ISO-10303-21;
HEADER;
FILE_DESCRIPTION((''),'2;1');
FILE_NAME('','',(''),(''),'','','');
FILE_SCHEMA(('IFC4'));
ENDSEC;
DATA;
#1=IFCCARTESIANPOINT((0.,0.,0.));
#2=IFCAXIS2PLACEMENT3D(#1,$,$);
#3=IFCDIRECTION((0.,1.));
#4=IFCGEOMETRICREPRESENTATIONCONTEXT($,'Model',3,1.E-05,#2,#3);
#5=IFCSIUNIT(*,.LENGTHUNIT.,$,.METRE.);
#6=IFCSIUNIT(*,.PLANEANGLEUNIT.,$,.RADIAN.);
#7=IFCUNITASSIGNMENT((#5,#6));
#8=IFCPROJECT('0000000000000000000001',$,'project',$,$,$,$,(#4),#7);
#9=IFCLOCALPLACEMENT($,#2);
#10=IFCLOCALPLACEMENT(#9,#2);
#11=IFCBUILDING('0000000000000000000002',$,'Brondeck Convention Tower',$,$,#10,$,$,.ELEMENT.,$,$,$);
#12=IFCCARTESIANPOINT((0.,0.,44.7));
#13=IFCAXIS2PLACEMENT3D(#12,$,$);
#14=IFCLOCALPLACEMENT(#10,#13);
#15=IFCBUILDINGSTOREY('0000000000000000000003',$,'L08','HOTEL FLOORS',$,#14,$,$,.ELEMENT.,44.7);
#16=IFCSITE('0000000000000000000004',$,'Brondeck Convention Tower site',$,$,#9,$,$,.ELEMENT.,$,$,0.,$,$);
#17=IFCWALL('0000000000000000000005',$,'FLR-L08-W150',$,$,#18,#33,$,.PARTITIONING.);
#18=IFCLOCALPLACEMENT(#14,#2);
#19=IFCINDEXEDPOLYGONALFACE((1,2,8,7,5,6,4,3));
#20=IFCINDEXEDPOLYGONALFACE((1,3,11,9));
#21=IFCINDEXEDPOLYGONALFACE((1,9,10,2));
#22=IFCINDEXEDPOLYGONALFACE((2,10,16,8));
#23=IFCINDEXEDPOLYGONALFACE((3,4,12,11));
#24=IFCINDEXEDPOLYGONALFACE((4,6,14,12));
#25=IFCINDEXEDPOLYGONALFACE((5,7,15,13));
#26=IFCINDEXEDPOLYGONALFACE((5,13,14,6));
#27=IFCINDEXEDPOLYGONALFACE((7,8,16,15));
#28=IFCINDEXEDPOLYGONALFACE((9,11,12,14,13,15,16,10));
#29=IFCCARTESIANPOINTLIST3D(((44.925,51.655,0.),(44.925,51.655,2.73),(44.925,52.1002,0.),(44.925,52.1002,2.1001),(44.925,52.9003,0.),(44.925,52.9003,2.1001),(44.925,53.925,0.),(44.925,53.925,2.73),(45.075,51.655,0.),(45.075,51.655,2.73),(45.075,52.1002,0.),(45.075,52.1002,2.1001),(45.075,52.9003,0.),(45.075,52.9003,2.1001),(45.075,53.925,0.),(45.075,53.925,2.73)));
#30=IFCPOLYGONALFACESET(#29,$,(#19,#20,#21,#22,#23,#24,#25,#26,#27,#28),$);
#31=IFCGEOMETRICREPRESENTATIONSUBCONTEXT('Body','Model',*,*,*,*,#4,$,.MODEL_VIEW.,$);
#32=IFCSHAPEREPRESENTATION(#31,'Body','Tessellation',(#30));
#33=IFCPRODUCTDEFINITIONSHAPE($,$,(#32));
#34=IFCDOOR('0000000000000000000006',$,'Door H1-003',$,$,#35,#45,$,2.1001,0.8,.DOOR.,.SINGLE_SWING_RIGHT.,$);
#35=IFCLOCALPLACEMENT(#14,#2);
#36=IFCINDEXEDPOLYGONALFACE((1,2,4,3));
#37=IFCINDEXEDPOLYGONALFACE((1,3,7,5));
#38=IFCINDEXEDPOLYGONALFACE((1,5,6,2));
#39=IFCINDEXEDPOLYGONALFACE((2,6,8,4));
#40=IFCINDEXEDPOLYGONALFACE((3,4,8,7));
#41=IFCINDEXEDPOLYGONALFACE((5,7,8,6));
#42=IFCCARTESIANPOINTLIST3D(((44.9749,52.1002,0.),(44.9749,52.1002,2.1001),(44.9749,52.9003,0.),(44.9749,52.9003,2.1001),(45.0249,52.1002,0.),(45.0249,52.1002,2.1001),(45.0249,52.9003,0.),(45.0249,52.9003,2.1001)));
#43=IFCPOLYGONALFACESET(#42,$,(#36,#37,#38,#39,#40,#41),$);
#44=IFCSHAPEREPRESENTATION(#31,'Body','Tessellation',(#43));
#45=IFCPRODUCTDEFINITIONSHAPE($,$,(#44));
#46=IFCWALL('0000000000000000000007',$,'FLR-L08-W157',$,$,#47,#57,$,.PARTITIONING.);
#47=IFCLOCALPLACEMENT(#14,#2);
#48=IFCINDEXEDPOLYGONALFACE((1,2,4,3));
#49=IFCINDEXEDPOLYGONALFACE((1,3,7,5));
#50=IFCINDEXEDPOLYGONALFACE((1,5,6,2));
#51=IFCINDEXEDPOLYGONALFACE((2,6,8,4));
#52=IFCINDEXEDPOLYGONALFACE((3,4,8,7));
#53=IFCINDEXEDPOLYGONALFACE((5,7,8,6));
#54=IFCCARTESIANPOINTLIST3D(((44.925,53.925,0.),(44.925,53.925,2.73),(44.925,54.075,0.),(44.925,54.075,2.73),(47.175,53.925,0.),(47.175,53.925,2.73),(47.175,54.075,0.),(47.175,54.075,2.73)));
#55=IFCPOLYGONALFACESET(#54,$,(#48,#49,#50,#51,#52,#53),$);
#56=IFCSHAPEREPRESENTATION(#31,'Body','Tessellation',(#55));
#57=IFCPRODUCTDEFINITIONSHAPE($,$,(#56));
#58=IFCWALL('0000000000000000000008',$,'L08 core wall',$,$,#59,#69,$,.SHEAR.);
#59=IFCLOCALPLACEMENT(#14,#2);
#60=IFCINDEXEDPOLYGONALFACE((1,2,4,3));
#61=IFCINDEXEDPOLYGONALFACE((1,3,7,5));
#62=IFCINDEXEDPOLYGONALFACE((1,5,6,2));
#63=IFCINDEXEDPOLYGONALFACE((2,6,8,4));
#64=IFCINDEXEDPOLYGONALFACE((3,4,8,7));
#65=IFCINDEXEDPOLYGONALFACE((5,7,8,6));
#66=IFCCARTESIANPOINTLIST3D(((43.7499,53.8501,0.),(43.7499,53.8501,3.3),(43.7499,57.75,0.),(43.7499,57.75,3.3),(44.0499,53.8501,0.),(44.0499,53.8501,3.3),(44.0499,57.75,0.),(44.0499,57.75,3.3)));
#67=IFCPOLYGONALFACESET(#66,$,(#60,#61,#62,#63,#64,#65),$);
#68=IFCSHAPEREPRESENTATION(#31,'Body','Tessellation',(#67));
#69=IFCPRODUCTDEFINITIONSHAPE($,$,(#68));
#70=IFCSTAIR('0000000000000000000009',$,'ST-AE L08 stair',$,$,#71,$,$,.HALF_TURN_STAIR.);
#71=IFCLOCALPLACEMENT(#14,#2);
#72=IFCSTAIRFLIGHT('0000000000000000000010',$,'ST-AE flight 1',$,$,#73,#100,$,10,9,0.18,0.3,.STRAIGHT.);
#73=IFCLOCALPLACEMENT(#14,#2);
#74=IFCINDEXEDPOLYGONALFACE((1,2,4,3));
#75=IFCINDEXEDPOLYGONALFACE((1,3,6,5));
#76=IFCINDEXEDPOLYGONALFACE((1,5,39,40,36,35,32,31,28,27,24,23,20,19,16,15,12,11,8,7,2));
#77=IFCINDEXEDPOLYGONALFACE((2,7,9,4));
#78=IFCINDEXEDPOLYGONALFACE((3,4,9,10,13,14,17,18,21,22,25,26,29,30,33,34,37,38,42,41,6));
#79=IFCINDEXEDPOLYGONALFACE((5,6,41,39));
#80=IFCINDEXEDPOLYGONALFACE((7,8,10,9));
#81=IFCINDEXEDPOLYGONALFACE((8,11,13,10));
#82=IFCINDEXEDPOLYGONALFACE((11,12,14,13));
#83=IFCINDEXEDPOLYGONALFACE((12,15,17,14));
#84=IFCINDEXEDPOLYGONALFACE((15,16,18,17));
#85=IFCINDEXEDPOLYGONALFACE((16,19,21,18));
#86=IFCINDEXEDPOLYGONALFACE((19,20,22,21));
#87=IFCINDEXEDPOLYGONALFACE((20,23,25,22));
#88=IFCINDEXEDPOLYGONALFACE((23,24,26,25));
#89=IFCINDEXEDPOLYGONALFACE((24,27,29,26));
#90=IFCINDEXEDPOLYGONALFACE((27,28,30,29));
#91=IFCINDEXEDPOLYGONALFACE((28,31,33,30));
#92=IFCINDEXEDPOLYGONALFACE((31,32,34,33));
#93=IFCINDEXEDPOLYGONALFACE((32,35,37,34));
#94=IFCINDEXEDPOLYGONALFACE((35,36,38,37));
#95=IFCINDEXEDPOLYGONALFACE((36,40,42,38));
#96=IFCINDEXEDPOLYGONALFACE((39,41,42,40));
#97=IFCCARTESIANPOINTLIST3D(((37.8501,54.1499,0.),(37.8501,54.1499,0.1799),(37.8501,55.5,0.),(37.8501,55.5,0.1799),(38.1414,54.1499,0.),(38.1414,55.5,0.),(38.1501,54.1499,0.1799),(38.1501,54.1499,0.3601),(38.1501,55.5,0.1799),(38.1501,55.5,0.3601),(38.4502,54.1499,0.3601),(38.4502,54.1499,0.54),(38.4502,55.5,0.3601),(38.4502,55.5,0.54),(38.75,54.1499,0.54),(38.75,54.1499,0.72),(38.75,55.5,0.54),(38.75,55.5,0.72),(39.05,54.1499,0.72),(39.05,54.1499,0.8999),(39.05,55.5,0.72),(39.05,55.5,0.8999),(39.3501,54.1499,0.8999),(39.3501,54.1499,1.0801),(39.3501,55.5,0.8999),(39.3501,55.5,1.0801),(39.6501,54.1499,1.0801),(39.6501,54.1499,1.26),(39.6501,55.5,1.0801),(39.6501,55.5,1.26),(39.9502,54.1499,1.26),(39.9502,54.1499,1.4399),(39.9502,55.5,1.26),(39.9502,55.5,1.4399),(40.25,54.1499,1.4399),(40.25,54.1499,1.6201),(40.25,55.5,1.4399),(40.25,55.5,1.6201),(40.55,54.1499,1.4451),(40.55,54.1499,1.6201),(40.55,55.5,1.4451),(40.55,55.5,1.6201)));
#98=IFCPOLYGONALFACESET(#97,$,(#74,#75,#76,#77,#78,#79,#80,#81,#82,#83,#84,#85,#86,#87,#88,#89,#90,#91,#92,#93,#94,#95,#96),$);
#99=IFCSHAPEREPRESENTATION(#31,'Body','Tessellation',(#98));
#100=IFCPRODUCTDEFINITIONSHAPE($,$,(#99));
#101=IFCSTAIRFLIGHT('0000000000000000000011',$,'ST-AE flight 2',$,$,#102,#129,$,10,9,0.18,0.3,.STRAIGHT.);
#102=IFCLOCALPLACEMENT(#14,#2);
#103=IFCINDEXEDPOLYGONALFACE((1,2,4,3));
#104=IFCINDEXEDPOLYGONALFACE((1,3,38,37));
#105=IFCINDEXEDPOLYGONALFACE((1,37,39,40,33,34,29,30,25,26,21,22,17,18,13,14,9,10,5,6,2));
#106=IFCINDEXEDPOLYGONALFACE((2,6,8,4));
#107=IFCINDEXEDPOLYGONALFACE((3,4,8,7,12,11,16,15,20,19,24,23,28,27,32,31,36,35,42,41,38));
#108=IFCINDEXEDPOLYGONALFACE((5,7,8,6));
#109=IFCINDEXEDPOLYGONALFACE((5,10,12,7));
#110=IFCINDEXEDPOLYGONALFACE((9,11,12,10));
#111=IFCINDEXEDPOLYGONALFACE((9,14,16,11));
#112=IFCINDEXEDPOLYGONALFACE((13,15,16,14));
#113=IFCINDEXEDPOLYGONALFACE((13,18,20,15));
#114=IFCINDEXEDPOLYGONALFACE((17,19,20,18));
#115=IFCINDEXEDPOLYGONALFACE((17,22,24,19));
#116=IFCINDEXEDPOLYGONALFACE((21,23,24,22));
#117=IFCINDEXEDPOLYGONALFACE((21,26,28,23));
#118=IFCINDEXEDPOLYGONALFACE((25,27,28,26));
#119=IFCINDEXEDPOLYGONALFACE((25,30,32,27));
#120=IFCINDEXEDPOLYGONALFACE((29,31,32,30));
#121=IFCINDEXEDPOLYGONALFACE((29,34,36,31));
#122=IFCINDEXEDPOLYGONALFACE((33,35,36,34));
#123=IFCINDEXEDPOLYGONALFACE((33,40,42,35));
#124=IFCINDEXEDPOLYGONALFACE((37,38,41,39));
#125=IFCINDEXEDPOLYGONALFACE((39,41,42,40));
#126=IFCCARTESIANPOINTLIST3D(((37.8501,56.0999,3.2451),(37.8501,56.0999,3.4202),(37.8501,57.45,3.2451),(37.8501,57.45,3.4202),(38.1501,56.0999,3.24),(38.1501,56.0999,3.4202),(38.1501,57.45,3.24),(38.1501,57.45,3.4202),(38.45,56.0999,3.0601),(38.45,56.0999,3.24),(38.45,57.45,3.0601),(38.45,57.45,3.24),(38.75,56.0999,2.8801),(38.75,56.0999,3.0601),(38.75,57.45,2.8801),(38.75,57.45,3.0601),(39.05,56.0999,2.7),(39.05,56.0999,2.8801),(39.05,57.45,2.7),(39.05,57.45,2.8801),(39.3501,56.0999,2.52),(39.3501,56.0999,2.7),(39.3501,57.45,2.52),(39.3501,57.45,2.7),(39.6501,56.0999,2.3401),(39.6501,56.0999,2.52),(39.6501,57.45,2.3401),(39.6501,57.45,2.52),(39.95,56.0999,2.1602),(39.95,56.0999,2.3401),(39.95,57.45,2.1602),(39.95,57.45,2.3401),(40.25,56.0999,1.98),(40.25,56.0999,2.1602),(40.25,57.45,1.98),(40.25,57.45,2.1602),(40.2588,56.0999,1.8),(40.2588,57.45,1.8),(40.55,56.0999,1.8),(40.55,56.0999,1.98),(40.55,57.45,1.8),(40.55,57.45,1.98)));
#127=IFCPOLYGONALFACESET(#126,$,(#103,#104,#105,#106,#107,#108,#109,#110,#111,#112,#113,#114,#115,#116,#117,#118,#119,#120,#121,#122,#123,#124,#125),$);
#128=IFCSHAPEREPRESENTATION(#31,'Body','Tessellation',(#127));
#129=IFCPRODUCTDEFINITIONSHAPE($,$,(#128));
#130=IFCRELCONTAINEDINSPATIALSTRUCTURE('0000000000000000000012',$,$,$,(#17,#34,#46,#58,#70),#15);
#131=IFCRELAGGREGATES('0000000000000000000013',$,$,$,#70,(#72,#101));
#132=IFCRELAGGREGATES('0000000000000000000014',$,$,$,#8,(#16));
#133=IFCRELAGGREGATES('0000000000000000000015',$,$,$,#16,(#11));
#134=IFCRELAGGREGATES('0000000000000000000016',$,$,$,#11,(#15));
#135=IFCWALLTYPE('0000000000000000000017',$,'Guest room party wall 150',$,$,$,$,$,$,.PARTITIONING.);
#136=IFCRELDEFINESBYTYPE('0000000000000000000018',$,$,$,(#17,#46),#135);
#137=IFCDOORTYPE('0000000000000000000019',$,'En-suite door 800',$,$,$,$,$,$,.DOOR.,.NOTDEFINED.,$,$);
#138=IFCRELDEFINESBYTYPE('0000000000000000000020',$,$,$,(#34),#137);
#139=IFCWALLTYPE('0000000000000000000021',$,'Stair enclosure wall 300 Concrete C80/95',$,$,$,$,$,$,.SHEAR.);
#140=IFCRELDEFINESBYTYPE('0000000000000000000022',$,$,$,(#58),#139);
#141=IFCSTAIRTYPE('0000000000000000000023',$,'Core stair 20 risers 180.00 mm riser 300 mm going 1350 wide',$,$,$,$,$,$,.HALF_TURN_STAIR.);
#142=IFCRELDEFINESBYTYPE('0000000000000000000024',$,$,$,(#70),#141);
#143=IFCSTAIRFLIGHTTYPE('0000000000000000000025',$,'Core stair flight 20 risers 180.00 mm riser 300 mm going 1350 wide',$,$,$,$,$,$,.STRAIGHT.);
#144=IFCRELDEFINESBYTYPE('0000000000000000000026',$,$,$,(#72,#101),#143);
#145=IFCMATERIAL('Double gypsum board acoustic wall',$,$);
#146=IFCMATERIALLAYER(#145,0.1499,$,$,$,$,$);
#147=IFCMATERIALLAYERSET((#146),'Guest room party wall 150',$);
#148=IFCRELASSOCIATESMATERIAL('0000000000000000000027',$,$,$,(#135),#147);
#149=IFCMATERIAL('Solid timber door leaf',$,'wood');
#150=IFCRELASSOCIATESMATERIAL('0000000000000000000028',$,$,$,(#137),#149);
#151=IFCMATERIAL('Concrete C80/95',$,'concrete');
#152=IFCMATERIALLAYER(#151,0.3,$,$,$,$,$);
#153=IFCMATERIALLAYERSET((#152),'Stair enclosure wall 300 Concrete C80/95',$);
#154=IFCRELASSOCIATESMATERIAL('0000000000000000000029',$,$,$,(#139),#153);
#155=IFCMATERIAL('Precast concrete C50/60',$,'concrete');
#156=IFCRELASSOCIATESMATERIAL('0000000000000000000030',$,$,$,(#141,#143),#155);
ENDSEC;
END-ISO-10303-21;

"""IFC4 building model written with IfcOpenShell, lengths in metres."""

from ifc_helpers import new_model, si_unit, direction, frame, frame_2d, origin, place, context, subcontext, project, spatial, polyline, rectangle, outline, extrude, material, layer, layer_set, type_object, element, fill, aggregate, save


model = new_model("IFC4")

# Units and contexts
model_context = context("Model", 3, precision=1e-05, world=origin(), true_north=direction((0.0, 1.0)))
body_context = subcontext(model_context, "Body", "Model", "MODEL_VIEW")
ifc_project = project(units=[si_unit("LENGTHUNIT", "METRE"), si_unit("PLANEANGLEUNIT", "RADIAN")], contexts=[model_context])

# Site, building, storey
site_placement = place(None, origin())
site = spatial("IfcSite", under=ifc_project, at=site_placement, Name="Brondeck Convention Tower site", CompositionType="ELEMENT", RefElevation=0.0)
building_placement = place(site_placement, origin())
building = spatial("IfcBuilding", under=site, at=building_placement, Name="Brondeck Convention Tower", CompositionType="ELEMENT")
storey_placement = place(building_placement, frame((0.0, 0.0, 44.7)))
storey = spatial("IfcBuildingStorey", under=building, at=storey_placement, Name="L08", Description="HOTEL FLOORS", CompositionType="ELEMENT", Elevation=44.7)

# Shared definitions
ifc_material_1 = material(Name="Concrete C80/95", Category="concrete")

# Shared definitions
ifc_material_2 = material(Name="Double gypsum board acoustic wall")
ifc_layer_1 = layer(ifc_material_2, 0.1499)
ifc_layer_set_1 = layer_set([ifc_layer_1], Name="Guest room party wall 150")
wall_type_1 = type_object("IfcWallType", Name="Guest room party wall 150", PredefinedType="PARTITIONING", material=ifc_layer_set_1)

# Wall, opening, door
wall_1_placement = place(storey_placement, frame((45.0, 53.925, 0.0), z_axis=(0.0, 0.0, 1.0), x_axis=(0.0, -1.0, 0.0)))
wall_1 = element("IfcWall", 1, at=wall_1_placement, inside=storey, type_object=wall_type_1, Name="FLR-L08-W150", PredefinedType="PARTITIONING", context=body_context, shape_type="SweptSolid", body=[
    extrude(rectangle(XDim=2.27, YDim=0.1499, at=frame_2d((1.135, 0.0))), origin(), (0.0, 0.0, 1.0), 2.73),
])
opening_1_placement = place(wall_1_placement, frame((1.0249, 0.0, 0.0)))
opening_1 = element("IfcOpeningElement", 2, at=opening_1_placement, cuts=wall_1, PredefinedType="OPENING", context=body_context, shape_type="SweptSolid", body=[
    extrude(rectangle(XDim=0.8, YDim=2.1001, at=frame_2d((0.3999, 1.05))), frame((0.0, 0.085, 0.0), z_axis=(0.0, -1.0, 0.0), x_axis=(1.0, 0.0, 0.0)), (0.0, 0.0, 1.0), 0.1699),
])
ifc_material_3 = material(Name="Solid timber door leaf", Category="wood")
door_type = type_object("IfcDoorType", Name="En-suite door 800", OperationType="NOTDEFINED", PredefinedType="DOOR", material=ifc_material_3)
door_placement = place(opening_1_placement, origin())
door = element("IfcDoor", 3, at=door_placement, inside=storey, type_object=door_type, Name="Door H1-003", OperationType="SINGLE_SWING_RIGHT", OverallHeight=2.1001, OverallWidth=0.8, PredefinedType="DOOR", context=body_context, shape_type="SweptSolid", body=[
    extrude(rectangle(XDim=0.8, YDim=2.1001, at=frame_2d((0.3999, 1.05))), frame((0.0, 0.0249, 0.0), z_axis=(0.0, -1.0, 0.0), x_axis=(1.0, 0.0, 0.0)), (0.0, 0.0, 1.0), 0.05),
])
fill(opening_1, door)

# Walls
wall_2_placement = place(storey_placement, frame((47.175, 54.0, 0.0), z_axis=(0.0, 0.0, 1.0), x_axis=(-1.0, 0.0, 0.0)))
element("IfcWall", 4, at=wall_2_placement, inside=storey, type_object=wall_type_1, Name="FLR-L08-W157", PredefinedType="PARTITIONING", context=body_context, shape_type="SweptSolid", body=[
    extrude(rectangle(XDim=2.25, YDim=0.1499, at=frame_2d((1.125, 0.0))), origin(), (0.0, 0.0, 1.0), 2.73),
])
ifc_layer_2 = layer(ifc_material_1, 0.3)
ifc_layer_set_2 = layer_set([ifc_layer_2], Name="Stair enclosure wall 300 Concrete C80/95")
wall_type_2 = type_object("IfcWallType", Name="Stair enclosure wall 300 Concrete C80/95", PredefinedType="SHEAR", material=ifc_layer_set_2)
wall_3_placement = place(storey_placement, frame((43.8999, 53.8501, 0.0), z_axis=(0.0, 0.0, 1.0), x_axis=(0.0, 1.0, 0.0)))
element("IfcWall", 5, at=wall_3_placement, inside=storey, type_object=wall_type_2, Name="L08 core wall", PredefinedType="SHEAR", context=body_context, shape_type="SweptSolid", body=[
    extrude(rectangle(XDim=3.8999, YDim=0.3, at=frame_2d((1.95, 0.0))), origin(), (0.0, 0.0, 1.0), 3.3),
])

# Stair, stair flights
ifc_material_4 = material(Name="Precast concrete C50/60", Category="concrete")
stair_type = type_object("IfcStairType", Name="Core stair 20 risers 180.00 mm riser 300 mm going 1350 wide", PredefinedType="HALF_TURN_STAIR", material=ifc_material_4)
stair_placement = place(storey_placement, origin())
stair = element("IfcStair", 6, at=stair_placement, inside=storey, type_object=stair_type, Name="ST-AE L08 stair", PredefinedType="HALF_TURN_STAIR")
stair_flight_type = type_object("IfcStairFlightType", Name="Core stair flight 20 risers 180.00 mm riser 300 mm going 1350 wide", PredefinedType="STRAIGHT", material=ifc_material_4)
stair_flight_1_placement = place(storey_placement, frame((37.8501, 54.825, 0.0), z_axis=(0.0, 0.0, 1.0), x_axis=(1.0, 0.0, 0.0)))
stair_flight_1 = element("IfcStairFlight", 7, at=stair_flight_1_placement, type_object=stair_flight_type, Name="ST-AE flight 1", NumberOfRisers=10, NumberOfTreads=9, PredefinedType="STRAIGHT", RiserHeight=0.18, TreadLength=0.3, context=body_context, shape_type="SweptSolid", body=[
    extrude(outline(polyline([(0.0, 0.0), (0.0, 0.1799), (0.3, 0.1799), (0.3, 0.3601), (0.6001, 0.3601), (0.6001, 0.54), (0.8999, 0.54), (0.8999, 0.72), (1.2, 0.72), (1.2, 0.8999), (1.5, 0.8999), (1.5, 1.0801), (1.8, 1.0801), (1.8, 1.26), (2.1001, 1.26), (2.1001, 1.4399), (2.3999, 1.4399), (2.3999, 1.6201), (2.7, 1.6201), (2.7, 1.8), (2.7, 1.4451), (0.2913, 0.0), (0.0, 0.0)])), frame((0.0, 0.675, 0.0), z_axis=(0.0, -1.0, 0.0), x_axis=(1.0, 0.0, 0.0)), (0.0, 0.0, 1.0), 1.3501),
])
stair_flight_2_placement = place(storey_placement, frame((40.55, 56.7749, 1.8), z_axis=(0.0, 0.0, 1.0), x_axis=(-1.0, 0.0, 0.0)))
stair_flight_2 = element("IfcStairFlight", 8, at=stair_flight_2_placement, type_object=stair_flight_type, Name="ST-AE flight 2", NumberOfRisers=10, NumberOfTreads=9, PredefinedType="STRAIGHT", RiserHeight=0.18, TreadLength=0.3, context=body_context, shape_type="SweptSolid", body=[
    extrude(outline(polyline([(0.0, 0.0), (0.0, 0.1799), (0.3, 0.1799), (0.3, 0.3601), (0.6001, 0.3601), (0.6001, 0.54), (0.8999, 0.54), (0.8999, 0.72), (1.2, 0.72), (1.2, 0.8999), (1.5, 0.8999), (1.5, 1.0801), (1.8, 1.0801), (1.8, 1.26), (2.1001, 1.26), (2.1001, 1.4399), (2.3999, 1.4399), (2.3999, 1.6201), (2.7, 1.6201), (2.7, 1.8), (2.7, 1.4451), (0.2913, 0.0), (0.0, 0.0)])), frame((0.0, 0.675, 0.0), z_axis=(0.0, -1.0, 0.0), x_axis=(1.0, 0.0, 0.0)), (0.0, 0.0, 1.0), 1.3501),
])
aggregate(stair, [stair_flight_1, stair_flight_2])

save(model, "model.ifc")
